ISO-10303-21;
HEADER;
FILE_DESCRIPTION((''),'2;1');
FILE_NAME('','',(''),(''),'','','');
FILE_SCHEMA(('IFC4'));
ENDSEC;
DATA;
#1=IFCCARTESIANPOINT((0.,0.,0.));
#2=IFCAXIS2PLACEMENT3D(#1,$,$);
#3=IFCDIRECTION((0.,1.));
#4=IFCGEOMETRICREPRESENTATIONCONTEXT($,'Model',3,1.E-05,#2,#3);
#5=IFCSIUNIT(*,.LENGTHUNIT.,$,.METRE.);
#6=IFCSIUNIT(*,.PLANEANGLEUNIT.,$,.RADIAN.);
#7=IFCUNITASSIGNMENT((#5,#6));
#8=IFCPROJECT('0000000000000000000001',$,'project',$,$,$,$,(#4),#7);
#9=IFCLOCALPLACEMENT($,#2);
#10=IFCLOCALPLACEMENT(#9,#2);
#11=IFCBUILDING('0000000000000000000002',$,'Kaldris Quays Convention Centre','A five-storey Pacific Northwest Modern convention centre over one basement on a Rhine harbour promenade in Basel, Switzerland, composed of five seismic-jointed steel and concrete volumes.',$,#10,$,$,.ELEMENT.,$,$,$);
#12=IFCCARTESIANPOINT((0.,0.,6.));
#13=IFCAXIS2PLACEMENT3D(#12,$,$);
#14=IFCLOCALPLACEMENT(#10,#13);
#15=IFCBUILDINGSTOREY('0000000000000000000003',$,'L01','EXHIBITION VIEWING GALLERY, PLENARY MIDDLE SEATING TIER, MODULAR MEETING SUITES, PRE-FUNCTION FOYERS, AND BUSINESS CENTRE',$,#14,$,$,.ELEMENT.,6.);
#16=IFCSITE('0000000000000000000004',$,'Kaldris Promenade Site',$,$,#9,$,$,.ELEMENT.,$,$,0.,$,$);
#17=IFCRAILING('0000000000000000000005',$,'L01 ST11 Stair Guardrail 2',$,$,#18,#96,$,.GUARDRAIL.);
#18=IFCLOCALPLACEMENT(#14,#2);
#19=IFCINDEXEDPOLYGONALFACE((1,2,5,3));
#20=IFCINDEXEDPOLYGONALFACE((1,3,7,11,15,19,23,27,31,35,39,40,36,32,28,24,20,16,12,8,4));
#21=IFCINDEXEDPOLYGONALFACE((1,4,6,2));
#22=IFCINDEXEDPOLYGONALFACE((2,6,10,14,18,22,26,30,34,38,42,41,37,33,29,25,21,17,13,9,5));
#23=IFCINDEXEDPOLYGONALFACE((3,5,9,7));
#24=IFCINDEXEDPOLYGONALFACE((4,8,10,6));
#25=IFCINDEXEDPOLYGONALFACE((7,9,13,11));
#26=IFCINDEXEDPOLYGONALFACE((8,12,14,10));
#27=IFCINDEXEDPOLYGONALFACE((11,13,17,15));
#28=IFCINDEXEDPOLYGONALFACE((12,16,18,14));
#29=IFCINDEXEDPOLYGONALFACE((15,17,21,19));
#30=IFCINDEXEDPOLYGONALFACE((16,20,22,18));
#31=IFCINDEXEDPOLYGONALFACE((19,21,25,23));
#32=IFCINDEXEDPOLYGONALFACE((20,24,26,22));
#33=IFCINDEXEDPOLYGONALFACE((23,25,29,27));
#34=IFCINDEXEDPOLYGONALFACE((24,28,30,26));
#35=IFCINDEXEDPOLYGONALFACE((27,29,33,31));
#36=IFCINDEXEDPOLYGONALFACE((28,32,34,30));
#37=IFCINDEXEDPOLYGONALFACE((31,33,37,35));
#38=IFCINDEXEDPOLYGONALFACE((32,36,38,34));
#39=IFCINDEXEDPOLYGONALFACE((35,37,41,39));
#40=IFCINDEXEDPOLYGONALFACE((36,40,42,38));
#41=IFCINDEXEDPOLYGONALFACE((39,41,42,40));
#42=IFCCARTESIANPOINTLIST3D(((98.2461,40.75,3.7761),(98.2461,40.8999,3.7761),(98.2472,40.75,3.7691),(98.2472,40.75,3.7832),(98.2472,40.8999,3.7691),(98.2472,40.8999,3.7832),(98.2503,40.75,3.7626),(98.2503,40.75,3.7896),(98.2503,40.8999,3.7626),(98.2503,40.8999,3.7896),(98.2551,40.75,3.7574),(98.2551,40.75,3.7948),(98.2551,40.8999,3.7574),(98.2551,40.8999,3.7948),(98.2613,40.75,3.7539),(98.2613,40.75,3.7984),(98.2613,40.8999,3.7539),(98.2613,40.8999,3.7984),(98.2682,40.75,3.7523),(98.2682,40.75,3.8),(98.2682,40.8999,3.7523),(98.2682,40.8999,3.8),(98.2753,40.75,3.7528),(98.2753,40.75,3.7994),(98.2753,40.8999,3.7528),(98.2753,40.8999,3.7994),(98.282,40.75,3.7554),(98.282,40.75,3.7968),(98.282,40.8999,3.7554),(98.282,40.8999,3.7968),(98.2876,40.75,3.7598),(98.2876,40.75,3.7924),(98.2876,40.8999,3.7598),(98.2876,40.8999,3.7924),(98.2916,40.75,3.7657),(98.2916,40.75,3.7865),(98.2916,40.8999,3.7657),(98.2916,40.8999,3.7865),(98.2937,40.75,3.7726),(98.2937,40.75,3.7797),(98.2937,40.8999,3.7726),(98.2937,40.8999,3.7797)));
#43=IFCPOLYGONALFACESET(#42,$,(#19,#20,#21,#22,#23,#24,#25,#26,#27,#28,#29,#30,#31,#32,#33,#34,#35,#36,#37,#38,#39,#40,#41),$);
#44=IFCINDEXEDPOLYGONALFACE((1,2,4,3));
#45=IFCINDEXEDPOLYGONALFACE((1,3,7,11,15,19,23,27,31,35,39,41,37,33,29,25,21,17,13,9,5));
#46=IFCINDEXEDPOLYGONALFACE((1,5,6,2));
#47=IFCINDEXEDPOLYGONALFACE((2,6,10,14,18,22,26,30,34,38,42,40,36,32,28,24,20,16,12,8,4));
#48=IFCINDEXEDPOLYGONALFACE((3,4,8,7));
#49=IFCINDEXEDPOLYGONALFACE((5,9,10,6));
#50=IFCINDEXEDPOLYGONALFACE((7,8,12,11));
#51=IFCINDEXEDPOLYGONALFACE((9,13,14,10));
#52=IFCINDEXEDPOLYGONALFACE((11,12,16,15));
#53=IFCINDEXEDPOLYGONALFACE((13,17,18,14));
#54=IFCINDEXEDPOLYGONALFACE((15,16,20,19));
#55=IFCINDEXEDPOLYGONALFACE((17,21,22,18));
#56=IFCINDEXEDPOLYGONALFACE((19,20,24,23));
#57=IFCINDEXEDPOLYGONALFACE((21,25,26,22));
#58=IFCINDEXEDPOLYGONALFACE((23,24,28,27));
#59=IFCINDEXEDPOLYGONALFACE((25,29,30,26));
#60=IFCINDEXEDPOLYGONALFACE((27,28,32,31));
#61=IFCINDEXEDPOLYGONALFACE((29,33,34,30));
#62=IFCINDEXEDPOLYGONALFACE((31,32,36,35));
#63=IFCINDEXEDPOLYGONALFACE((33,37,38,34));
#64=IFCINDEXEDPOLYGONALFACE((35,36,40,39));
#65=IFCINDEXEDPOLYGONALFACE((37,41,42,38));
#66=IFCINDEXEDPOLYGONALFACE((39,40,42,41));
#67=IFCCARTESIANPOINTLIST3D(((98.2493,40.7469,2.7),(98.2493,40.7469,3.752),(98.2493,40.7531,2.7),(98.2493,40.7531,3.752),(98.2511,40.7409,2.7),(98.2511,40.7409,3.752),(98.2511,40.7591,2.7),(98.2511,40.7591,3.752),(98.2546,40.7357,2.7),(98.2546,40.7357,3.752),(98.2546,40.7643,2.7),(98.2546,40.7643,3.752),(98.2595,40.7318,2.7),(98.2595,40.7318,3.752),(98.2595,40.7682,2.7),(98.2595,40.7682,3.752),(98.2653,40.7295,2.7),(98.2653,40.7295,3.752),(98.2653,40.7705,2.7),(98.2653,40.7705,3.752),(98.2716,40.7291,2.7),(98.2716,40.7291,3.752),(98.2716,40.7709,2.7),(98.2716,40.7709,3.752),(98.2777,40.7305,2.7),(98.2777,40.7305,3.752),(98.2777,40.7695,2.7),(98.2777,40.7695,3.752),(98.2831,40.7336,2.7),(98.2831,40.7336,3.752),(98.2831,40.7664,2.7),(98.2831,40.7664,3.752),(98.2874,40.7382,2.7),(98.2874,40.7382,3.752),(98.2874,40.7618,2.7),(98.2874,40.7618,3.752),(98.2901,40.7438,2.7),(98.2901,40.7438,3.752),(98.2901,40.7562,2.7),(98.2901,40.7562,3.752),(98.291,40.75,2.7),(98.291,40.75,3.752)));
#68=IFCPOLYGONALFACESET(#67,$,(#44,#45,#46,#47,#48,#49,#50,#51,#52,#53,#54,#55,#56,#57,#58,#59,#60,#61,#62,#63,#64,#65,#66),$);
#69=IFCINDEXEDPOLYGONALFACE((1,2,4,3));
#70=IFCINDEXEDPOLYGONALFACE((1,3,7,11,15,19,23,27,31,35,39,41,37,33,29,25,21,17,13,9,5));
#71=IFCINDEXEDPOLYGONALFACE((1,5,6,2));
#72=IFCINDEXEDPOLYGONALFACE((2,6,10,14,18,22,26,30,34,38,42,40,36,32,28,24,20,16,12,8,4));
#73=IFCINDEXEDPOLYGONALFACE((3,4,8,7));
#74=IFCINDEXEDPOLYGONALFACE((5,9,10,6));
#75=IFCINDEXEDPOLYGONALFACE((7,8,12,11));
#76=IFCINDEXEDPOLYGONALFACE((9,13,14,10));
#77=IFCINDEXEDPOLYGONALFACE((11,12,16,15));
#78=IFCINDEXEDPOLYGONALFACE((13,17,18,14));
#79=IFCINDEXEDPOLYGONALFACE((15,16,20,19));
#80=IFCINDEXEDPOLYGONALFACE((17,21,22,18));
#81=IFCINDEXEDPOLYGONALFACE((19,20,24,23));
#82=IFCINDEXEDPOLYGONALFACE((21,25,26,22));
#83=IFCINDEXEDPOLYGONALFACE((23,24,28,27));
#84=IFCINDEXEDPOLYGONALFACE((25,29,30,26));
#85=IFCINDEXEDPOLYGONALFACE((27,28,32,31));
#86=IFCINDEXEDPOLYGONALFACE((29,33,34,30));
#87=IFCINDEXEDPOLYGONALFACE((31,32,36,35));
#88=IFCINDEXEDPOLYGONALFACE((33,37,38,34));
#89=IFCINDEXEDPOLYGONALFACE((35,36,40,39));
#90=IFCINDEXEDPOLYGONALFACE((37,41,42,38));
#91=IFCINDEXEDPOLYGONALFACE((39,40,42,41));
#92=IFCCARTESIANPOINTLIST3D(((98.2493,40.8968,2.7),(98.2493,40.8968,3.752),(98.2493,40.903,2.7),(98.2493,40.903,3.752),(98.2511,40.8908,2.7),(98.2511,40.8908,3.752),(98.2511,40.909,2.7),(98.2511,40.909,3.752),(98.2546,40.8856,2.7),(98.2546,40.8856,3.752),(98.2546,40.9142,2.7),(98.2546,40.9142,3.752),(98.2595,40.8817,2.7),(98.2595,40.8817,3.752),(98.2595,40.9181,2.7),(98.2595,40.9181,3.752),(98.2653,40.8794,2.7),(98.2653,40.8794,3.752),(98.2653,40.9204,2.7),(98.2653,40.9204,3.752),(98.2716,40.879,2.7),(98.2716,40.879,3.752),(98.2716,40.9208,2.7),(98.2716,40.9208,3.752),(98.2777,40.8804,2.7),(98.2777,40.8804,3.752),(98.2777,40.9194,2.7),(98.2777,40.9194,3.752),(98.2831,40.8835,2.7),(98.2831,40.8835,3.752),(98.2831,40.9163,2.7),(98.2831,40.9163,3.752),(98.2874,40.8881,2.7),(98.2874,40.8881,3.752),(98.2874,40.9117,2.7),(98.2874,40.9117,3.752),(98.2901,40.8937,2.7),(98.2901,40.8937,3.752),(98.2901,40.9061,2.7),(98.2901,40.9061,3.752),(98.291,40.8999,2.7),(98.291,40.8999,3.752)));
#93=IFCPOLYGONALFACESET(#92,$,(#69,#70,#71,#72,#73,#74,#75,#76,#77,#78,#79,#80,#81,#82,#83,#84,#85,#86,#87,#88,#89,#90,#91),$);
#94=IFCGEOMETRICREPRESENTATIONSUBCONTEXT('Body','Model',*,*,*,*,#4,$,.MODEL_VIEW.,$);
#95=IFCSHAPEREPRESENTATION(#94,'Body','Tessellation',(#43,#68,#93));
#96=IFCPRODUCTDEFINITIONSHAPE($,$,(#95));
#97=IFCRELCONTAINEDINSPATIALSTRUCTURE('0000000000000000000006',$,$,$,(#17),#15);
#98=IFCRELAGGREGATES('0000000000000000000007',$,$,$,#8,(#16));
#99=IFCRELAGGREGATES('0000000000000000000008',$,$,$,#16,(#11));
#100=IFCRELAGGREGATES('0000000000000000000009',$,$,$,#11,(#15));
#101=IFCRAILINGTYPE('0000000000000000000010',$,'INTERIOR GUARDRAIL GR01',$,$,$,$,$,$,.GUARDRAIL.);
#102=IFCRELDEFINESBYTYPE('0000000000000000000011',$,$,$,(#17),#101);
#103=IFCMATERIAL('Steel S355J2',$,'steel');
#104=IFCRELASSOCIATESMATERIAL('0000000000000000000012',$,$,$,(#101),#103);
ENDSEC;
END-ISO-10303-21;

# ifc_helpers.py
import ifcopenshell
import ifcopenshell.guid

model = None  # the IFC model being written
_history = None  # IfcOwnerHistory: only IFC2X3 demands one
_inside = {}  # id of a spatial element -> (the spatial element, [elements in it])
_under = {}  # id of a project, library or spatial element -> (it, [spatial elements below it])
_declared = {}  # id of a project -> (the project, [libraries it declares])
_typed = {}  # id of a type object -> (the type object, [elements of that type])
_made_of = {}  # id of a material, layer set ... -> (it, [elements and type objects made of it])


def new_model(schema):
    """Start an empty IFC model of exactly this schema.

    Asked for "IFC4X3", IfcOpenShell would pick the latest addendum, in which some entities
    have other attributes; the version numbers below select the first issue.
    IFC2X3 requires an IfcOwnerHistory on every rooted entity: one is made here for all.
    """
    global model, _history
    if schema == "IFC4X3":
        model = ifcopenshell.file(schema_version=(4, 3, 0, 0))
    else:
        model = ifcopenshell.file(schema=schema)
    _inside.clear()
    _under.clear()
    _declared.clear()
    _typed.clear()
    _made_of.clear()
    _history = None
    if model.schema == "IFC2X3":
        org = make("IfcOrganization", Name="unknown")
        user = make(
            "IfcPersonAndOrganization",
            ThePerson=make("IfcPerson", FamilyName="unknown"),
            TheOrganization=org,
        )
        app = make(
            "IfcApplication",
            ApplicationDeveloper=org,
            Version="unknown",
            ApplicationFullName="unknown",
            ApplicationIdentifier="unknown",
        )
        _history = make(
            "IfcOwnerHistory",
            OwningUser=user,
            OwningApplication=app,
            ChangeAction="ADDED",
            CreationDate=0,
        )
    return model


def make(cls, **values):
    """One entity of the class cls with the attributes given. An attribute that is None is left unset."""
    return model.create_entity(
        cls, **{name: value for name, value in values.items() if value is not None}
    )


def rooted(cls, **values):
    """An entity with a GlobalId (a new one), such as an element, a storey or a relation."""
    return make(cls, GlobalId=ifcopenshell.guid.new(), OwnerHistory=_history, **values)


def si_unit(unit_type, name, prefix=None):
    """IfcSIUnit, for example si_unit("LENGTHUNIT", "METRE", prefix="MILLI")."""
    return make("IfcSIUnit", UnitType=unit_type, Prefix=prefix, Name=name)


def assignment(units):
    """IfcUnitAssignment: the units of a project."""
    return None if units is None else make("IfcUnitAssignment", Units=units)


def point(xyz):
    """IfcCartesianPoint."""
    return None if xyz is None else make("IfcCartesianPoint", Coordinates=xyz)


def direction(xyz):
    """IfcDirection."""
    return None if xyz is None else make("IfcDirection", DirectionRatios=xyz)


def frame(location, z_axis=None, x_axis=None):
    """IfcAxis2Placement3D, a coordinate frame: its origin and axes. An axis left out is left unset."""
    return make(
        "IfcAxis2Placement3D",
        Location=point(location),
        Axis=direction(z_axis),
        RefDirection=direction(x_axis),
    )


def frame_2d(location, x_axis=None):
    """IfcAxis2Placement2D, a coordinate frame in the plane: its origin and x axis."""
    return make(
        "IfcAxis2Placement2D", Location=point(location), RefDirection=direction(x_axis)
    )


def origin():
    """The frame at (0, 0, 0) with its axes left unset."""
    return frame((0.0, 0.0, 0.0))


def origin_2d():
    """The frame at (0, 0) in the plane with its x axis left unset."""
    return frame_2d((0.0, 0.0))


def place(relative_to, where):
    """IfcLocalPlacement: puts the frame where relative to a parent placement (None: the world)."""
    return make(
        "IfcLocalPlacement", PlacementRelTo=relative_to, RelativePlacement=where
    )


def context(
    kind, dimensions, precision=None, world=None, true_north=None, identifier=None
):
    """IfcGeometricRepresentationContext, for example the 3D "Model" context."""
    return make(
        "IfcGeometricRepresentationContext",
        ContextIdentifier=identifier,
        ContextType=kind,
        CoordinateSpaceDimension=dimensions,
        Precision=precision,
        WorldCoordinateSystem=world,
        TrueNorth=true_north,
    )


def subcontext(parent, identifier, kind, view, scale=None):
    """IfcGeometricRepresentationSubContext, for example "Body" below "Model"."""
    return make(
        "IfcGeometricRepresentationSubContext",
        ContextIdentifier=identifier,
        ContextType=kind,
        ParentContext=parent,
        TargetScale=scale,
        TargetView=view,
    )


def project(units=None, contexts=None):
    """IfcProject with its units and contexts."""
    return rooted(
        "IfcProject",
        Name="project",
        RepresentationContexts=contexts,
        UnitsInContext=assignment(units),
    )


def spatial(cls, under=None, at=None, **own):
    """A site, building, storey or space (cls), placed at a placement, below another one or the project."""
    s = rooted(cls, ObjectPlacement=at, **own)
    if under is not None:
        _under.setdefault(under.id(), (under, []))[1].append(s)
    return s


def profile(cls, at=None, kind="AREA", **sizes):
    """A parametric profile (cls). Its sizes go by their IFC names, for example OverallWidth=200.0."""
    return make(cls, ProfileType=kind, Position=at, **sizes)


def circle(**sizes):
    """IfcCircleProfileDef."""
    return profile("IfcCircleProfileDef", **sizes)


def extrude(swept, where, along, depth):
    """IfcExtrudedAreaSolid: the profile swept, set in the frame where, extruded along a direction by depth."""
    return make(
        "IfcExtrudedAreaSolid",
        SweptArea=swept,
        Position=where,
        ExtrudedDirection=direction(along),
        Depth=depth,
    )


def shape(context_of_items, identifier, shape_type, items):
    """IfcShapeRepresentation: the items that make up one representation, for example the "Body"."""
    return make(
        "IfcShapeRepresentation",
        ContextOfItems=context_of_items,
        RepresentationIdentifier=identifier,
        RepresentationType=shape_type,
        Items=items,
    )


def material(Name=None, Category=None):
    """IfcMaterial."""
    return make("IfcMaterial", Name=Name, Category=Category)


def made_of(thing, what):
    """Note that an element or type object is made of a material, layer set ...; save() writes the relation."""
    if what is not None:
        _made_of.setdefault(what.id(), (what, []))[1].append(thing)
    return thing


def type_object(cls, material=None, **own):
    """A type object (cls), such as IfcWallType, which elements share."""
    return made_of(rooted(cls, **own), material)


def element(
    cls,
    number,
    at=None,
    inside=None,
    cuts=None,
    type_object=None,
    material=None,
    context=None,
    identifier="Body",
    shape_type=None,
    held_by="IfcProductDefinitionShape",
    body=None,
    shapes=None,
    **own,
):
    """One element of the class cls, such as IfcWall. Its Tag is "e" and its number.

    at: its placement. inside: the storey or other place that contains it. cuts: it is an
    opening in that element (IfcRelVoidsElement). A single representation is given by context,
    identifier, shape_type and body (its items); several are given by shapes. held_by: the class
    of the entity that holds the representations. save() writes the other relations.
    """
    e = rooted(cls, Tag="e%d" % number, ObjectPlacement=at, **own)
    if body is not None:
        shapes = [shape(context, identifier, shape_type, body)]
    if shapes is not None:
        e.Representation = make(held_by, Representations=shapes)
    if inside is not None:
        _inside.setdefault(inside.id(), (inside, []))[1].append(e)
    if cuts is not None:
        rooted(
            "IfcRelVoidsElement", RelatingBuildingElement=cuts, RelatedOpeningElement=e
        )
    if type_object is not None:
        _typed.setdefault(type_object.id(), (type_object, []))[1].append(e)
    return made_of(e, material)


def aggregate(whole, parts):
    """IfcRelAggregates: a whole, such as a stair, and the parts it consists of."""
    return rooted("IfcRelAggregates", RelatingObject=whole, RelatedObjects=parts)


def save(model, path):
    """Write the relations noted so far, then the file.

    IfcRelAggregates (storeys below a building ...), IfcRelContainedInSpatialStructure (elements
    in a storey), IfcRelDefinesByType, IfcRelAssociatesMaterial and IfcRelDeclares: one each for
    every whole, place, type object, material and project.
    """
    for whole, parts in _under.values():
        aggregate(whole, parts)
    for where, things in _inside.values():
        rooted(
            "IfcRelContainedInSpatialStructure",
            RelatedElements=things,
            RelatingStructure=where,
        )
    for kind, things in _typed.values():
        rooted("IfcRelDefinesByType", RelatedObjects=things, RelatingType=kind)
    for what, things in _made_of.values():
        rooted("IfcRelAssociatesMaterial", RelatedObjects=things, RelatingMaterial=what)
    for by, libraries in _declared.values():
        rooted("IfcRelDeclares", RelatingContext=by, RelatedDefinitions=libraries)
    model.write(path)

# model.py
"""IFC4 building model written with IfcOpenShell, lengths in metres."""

from ifc_helpers import new_model, si_unit, direction, frame, origin, origin_2d, place, context, subcontext, project, spatial, circle, extrude, material, type_object, element, save


model = new_model("IFC4")

# Units and contexts
model_context = context("Model", 3, precision=1e-05, world=origin(), true_north=direction((0.0, 1.0)))
body_context = subcontext(model_context, "Body", "Model", "MODEL_VIEW")
ifc_project = project(units=[si_unit("LENGTHUNIT", "METRE"), si_unit("PLANEANGLEUNIT", "RADIAN")], contexts=[model_context])

# Site, building, storey
site_placement = place(None, origin())
site = spatial("IfcSite", under=ifc_project, at=site_placement, Name="Kaldris Promenade Site", CompositionType="ELEMENT", RefElevation=0.0)
building_placement = place(site_placement, origin())
building = spatial("IfcBuilding", under=site, at=building_placement, Name="Kaldris Quays Convention Centre", Description="A five-storey Pacific Northwest Modern convention centre over one basement on a Rhine harbour promenade in Basel, Switzerland, composed of five seismic-jointed steel and concrete volumes.", CompositionType="ELEMENT")
storey_placement = place(building_placement, frame((0.0, 0.0, 6.0)))
storey = spatial("IfcBuildingStorey", under=building, at=storey_placement, Name="L01", Description="EXHIBITION VIEWING GALLERY, PLENARY MIDDLE SEATING TIER, MODULAR MEETING SUITES, PRE-FUNCTION FOYERS, AND BUSINESS CENTRE", CompositionType="ELEMENT", Elevation=6.0)

# Railing
ifc_material_1 = material(Name="Steel S355J2", Category="steel")
railing_type = type_object("IfcRailingType", Name="INTERIOR GUARDRAIL GR01", PredefinedType="GUARDRAIL", material=ifc_material_1)
railing_1_placement = place(storey_placement, frame((98.27, 40.75, 2.7)))
element("IfcRailing", 1, at=railing_1_placement, inside=storey, type_object=railing_type, Name="L01 ST11 Stair Guardrail 2", PredefinedType="GUARDRAIL", context=body_context, shape_type="SweptSolid", body=[
    extrude(circle(Radius=0.0239, at=origin_2d()), frame((0.0, 0.0, 1.0762), z_axis=(0.0, 1.0, 0.0), x_axis=(-1.0, 0.0, 0.0)), (0.0, 0.0, 1.0), 0.1499),
    extrude(circle(Radius=0.021, at=origin_2d()), origin(), (0.0, 0.0, 1.0), 1.052),
    extrude(circle(Radius=0.021, at=origin_2d()), frame((0.0, 0.1499, 0.0)), (0.0, 0.0, 1.0), 1.052),
])

save(model, "model.ifc")
